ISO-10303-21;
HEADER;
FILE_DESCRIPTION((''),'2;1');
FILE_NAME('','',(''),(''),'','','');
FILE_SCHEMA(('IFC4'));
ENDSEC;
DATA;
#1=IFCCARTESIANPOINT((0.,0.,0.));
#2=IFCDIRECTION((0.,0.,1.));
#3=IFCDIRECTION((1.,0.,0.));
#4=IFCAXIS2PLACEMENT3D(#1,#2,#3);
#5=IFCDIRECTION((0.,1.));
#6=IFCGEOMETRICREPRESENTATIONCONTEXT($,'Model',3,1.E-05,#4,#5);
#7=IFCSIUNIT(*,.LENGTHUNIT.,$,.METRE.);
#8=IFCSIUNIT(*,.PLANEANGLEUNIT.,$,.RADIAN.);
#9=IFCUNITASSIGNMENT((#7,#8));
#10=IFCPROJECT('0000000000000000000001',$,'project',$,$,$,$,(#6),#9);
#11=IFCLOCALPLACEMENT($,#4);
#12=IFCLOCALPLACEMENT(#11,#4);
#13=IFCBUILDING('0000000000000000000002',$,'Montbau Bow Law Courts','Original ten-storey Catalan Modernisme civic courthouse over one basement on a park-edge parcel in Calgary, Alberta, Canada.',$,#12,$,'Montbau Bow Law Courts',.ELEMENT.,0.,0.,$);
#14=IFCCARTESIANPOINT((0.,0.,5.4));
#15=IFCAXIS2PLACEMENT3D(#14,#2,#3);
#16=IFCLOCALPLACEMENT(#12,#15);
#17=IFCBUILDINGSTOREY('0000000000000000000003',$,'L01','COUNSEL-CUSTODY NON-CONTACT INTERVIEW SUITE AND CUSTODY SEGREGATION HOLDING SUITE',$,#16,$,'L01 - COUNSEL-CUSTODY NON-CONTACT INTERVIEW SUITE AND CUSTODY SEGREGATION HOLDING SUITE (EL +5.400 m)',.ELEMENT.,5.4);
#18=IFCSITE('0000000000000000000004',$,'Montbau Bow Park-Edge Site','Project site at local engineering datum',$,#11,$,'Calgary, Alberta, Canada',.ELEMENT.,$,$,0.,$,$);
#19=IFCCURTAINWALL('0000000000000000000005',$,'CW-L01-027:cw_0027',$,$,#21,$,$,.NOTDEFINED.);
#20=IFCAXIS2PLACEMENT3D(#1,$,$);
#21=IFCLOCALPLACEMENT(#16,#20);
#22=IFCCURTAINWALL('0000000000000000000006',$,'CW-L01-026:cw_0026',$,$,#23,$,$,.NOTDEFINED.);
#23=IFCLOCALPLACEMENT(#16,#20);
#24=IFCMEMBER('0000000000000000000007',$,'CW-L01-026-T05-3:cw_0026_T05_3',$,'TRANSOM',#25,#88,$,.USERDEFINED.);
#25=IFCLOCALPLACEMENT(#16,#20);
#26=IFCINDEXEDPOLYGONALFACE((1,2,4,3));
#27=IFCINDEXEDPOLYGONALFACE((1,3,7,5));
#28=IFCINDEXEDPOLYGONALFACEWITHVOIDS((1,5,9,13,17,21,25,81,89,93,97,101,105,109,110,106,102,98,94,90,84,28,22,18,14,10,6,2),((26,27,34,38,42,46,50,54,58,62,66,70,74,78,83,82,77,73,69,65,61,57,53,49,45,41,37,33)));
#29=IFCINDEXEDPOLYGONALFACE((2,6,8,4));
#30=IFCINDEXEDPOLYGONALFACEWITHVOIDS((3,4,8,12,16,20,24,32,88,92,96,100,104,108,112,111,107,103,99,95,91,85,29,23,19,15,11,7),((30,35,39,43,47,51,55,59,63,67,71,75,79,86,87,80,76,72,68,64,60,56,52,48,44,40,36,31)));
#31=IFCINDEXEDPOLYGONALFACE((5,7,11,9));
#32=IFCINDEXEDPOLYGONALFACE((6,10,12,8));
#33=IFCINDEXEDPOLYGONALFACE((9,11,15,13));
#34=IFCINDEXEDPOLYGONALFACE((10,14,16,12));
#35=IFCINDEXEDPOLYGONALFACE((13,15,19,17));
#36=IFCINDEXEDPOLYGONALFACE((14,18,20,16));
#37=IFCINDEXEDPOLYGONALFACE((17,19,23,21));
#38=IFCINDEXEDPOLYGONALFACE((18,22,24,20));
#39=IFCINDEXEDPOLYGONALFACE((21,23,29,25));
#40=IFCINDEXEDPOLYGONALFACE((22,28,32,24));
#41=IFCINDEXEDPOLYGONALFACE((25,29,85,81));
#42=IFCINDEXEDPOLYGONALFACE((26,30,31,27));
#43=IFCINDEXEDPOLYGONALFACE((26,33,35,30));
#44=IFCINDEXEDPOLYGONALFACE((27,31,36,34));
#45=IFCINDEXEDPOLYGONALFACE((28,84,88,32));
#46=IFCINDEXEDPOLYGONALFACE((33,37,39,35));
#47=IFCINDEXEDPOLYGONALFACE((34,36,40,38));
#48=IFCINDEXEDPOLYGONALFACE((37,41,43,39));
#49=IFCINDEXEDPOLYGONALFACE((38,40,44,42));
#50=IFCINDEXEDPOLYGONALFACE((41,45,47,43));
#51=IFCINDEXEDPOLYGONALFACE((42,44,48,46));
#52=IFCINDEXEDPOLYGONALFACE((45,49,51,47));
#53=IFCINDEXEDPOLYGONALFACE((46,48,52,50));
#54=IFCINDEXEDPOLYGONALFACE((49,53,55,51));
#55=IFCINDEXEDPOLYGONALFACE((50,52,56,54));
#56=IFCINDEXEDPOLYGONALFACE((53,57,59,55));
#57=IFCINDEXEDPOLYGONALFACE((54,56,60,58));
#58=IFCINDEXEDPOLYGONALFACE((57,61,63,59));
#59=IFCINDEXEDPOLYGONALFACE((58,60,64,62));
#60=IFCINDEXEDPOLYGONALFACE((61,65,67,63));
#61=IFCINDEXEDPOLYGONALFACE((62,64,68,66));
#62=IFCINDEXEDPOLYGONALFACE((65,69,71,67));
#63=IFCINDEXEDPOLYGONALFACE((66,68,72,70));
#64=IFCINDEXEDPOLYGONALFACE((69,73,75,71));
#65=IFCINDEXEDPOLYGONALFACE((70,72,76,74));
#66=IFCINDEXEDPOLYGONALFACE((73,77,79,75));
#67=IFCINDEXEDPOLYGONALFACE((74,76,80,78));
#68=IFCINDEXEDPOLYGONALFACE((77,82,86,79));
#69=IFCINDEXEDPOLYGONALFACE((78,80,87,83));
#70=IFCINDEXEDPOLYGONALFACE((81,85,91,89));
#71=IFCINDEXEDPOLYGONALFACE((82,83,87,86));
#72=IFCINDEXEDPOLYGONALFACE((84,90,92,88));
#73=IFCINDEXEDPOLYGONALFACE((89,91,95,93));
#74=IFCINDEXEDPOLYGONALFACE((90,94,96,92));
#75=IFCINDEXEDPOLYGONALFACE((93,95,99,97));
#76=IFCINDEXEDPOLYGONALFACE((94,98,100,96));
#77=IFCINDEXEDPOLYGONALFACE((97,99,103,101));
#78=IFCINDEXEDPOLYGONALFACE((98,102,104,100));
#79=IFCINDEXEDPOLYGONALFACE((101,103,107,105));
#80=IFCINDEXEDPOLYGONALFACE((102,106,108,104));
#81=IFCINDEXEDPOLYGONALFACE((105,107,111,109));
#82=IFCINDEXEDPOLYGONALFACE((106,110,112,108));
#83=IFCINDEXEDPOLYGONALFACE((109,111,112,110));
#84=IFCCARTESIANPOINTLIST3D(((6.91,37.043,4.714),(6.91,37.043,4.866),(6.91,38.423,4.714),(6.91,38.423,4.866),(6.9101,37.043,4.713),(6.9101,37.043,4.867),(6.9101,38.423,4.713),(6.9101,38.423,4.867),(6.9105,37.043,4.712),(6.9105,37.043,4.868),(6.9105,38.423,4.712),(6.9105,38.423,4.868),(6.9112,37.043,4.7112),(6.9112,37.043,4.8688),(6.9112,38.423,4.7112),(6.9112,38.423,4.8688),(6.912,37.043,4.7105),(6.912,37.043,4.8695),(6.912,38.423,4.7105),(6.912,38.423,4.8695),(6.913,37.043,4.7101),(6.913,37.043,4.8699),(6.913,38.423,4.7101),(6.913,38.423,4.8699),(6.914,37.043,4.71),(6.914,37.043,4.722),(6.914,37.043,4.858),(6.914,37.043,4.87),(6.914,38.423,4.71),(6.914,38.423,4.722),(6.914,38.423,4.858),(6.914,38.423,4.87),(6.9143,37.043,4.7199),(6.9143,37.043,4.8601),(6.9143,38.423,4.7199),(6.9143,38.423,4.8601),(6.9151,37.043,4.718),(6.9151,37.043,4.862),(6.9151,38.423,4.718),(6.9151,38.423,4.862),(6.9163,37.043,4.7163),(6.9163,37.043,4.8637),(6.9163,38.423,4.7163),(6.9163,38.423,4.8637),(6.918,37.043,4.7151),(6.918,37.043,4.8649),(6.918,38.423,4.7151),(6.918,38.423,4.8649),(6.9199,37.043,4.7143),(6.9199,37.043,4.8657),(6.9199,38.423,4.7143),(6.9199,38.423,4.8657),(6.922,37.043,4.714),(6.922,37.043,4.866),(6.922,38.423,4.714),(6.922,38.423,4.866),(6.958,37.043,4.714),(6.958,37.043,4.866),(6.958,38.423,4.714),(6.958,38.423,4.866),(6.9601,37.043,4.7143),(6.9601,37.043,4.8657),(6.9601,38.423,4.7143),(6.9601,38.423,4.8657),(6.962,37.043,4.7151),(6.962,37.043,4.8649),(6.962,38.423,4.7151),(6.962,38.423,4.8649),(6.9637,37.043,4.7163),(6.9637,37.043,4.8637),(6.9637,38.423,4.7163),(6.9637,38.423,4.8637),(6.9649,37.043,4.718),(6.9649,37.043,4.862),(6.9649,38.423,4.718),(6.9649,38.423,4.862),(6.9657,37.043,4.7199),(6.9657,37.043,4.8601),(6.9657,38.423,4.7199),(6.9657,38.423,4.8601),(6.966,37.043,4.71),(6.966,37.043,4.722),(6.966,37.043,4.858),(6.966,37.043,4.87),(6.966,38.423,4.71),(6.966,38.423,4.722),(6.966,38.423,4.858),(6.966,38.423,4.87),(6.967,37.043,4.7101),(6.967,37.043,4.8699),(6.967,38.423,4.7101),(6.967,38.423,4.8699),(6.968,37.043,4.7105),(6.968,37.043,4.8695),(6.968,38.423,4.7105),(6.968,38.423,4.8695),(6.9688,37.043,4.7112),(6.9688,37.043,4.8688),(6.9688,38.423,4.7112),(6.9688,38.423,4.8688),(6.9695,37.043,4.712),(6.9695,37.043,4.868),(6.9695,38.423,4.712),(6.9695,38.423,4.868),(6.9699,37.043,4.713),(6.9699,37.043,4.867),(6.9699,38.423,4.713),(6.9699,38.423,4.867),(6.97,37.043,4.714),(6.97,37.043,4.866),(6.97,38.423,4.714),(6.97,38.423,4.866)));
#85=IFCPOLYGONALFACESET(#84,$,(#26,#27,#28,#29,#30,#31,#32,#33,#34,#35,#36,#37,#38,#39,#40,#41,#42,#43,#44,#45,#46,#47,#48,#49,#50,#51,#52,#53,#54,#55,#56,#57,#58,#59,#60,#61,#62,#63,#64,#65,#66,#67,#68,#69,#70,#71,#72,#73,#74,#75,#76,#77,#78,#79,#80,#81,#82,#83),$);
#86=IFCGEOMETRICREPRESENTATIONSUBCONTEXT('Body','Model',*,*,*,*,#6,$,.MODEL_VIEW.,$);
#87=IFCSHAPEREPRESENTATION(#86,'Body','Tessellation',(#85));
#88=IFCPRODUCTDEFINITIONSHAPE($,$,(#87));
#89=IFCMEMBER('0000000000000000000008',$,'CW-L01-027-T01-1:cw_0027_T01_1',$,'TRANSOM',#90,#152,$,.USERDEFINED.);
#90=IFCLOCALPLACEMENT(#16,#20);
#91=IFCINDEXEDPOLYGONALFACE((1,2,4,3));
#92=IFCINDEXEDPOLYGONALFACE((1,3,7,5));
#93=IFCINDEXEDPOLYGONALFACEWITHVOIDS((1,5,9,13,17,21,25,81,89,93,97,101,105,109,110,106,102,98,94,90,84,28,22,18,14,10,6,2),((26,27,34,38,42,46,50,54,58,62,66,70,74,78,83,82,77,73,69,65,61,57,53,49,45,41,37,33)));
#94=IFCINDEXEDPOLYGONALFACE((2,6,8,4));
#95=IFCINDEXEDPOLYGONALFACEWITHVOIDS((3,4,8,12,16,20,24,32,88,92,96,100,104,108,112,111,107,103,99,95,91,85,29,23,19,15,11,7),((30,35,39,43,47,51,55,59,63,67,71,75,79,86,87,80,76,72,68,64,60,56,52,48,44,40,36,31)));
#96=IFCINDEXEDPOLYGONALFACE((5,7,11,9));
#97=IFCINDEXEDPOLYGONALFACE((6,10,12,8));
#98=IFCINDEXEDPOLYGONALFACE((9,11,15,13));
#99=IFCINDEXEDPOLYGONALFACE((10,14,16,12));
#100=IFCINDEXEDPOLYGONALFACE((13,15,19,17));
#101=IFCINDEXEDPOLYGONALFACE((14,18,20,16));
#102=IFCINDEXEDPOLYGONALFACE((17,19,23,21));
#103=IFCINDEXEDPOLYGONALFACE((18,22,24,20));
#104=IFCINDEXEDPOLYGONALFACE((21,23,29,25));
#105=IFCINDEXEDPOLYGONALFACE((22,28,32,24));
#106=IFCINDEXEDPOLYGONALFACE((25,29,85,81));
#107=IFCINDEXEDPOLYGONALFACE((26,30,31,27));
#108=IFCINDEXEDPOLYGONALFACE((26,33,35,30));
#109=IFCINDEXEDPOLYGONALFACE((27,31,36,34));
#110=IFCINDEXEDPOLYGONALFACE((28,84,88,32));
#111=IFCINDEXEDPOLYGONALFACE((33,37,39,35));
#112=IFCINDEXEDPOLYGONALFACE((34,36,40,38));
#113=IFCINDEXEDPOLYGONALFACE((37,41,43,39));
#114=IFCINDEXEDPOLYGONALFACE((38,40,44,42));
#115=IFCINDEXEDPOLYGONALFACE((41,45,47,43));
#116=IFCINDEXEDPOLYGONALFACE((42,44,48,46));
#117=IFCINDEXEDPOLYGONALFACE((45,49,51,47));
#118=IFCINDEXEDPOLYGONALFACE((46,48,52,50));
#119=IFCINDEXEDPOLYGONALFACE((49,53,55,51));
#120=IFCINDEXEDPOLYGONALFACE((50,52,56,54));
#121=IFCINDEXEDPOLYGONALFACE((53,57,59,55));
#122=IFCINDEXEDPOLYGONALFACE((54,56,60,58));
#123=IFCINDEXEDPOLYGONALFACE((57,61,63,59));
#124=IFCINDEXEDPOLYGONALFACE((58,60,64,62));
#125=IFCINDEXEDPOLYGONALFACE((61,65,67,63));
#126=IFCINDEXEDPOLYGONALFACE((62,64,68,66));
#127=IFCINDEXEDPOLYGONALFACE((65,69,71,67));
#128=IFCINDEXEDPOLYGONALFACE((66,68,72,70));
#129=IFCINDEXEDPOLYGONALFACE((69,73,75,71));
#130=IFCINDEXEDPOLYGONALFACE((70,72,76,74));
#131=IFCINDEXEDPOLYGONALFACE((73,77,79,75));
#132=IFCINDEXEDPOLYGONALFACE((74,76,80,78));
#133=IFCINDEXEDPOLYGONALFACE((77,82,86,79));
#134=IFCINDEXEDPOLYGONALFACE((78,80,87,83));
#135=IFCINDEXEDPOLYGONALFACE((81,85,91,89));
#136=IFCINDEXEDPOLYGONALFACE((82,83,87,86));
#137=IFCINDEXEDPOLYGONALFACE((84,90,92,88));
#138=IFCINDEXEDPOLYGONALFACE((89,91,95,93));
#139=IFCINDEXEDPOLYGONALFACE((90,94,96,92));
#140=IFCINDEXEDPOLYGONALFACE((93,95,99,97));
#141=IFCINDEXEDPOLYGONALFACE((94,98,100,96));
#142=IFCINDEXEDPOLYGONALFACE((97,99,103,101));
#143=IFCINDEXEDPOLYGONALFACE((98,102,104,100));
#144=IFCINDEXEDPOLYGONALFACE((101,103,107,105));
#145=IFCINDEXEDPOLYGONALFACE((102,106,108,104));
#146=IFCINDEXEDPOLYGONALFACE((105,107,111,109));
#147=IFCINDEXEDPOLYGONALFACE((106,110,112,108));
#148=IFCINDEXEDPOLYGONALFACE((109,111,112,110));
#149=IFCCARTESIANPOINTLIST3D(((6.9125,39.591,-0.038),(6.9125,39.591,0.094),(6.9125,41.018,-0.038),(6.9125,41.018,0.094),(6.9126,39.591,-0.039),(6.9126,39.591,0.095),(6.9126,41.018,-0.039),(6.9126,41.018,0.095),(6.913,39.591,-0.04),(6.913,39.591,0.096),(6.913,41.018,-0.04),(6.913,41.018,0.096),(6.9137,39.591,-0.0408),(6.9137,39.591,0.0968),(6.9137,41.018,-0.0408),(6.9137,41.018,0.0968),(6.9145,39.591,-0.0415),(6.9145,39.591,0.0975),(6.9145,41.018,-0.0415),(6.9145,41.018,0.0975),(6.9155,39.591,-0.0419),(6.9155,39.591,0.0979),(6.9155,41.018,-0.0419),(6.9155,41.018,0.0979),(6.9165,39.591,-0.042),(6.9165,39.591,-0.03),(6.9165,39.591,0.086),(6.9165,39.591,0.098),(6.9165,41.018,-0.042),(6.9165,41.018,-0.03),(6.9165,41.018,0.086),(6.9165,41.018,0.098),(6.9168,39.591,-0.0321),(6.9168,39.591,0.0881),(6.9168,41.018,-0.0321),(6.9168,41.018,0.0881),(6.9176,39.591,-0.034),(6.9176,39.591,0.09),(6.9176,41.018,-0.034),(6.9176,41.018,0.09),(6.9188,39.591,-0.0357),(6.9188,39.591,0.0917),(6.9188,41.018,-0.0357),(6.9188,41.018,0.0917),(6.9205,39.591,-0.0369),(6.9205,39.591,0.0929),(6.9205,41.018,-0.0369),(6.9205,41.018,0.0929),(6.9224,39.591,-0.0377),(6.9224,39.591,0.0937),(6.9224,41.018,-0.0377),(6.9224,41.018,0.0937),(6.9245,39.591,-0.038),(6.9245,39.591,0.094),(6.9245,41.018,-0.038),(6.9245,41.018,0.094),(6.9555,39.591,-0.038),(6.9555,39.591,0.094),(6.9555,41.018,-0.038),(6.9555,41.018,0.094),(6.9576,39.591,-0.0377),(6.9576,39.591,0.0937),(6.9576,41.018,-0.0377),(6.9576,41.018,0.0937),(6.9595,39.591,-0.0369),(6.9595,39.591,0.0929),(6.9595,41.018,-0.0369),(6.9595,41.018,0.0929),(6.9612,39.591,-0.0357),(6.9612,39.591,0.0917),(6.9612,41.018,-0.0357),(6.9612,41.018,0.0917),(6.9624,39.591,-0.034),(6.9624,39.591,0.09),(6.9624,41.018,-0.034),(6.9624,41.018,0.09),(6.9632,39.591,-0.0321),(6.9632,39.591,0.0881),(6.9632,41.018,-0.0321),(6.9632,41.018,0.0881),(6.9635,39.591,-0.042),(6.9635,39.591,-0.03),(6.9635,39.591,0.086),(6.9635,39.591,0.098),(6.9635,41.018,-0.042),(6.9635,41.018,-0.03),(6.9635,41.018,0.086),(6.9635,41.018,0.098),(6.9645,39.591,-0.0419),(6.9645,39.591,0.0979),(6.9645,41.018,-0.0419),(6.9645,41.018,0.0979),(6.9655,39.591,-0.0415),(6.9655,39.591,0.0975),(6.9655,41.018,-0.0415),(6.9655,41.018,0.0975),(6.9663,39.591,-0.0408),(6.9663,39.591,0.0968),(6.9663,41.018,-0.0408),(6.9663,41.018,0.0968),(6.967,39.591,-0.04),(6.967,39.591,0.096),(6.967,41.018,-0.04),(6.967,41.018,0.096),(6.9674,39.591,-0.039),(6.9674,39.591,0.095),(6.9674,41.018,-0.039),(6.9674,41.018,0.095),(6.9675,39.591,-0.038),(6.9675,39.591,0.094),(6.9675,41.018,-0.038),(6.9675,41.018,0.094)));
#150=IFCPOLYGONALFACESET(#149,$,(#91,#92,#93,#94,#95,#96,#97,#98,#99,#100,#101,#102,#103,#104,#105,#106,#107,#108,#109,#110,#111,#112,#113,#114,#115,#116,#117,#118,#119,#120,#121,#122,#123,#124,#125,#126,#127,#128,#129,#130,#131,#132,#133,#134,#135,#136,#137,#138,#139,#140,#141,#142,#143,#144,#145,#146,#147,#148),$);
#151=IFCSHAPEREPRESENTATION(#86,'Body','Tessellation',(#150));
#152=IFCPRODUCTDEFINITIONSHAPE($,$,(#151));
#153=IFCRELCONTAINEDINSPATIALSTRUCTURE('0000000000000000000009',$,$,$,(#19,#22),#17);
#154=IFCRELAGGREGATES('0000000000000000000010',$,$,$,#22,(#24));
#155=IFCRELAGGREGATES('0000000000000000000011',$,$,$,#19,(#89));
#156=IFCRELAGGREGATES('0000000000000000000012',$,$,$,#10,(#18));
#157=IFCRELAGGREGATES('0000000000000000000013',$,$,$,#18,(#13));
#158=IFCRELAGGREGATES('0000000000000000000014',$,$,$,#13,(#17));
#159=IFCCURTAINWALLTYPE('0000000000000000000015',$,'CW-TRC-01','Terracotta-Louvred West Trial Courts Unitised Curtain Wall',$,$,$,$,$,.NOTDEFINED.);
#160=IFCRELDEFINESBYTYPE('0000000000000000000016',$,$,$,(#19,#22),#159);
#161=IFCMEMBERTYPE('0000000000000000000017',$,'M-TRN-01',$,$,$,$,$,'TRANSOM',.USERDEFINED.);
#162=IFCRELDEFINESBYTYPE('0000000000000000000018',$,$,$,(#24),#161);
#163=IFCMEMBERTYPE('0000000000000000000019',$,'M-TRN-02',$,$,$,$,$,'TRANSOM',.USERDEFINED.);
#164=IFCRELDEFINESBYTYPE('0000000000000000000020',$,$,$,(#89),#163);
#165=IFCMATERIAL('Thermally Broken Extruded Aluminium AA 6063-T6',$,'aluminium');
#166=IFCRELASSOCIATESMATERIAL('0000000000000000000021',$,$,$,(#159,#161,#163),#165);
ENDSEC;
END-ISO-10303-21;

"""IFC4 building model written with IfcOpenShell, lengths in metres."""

from ifc_helpers import new_model, si_unit, direction, frame, origin_with_axes, origin_2d_with_axis, place, context, subcontext, project, spatial, hollow_rectangle, extrude, material, material_profile, profile_set, type_object, element, aggregate, save


model = new_model("IFC4")

# Units and contexts
model_context = context("Model", 3, precision=1e-05, world=origin_with_axes(), true_north=direction((0.0, 1.0)))
body_context = subcontext(model_context, "Body", "Model", "MODEL_VIEW")
ifc_project = project(units=[si_unit("LENGTHUNIT", "METRE"), si_unit("PLANEANGLEUNIT", "RADIAN")], contexts=[model_context])

# Site, building, storey
site_placement = place(None, origin_with_axes())
site = spatial("IfcSite", under=ifc_project, at=site_placement, Name="Montbau Bow Park-Edge Site", Description="Project site at local engineering datum", LongName="Calgary, Alberta, Canada", CompositionType="ELEMENT", RefElevation=0.0)
building_placement = place(site_placement, origin_with_axes())
building = spatial("IfcBuilding", under=site, at=building_placement, Name="Montbau Bow Law Courts", Description="Original ten-storey Catalan Modernisme civic courthouse over one basement on a park-edge parcel in Calgary, Alberta, Canada.", LongName="Montbau Bow Law Courts", CompositionType="ELEMENT", ElevationOfRefHeight=0.0, ElevationOfTerrain=0.0)
storey_placement = place(building_placement, frame((0.0, 0.0, 5.4), z_axis=(0.0, 0.0, 1.0), x_axis=(1.0, 0.0, 0.0)))
storey = spatial("IfcBuildingStorey", under=building, at=storey_placement, Name="L01", Description="COUNSEL-CUSTODY NON-CONTACT INTERVIEW SUITE AND CUSTODY SEGREGATION HOLDING SUITE", LongName="L01 - COUNSEL-CUSTODY NON-CONTACT INTERVIEW SUITE AND CUSTODY SEGREGATION HOLDING SUITE (EL +5.400 m)", CompositionType="ELEMENT", Elevation=5.4)

# Curtain walls, member
ifc_material_1 = material(Name="Thermally Broken Extruded Aluminium AA 6063-T6", Category="aluminium")
curtain_wall_type = type_object("IfcCurtainWallType", Name="CW-TRC-01", Description="Terracotta-Louvred West Trial Courts Unitised Curtain Wall", PredefinedType="NOTDEFINED", material=ifc_material_1)
curtain_wall_1_placement = place(None, frame((6.94, 39.515, 5.4), z_axis=(0.0, 0.0, 1.0), x_axis=(1.0, 0.0, 0.0)))
curtain_wall_1 = element("IfcCurtainWall", 1, at=curtain_wall_1_placement, inside=storey, type_object=curtain_wall_type, Name="CW-L01-027:cw_0027", PredefinedType="NOTDEFINED")
curtain_wall_2_placement = place(None, frame((6.94, 31.115, 5.4), z_axis=(0.0, 0.0, 1.0), x_axis=(1.0, 0.0, 0.0)))
curtain_wall_2 = element("IfcCurtainWall", 2, at=curtain_wall_2_placement, inside=storey, type_object=curtain_wall_type, Name="CW-L01-026:cw_0026", PredefinedType="NOTDEFINED")
ifc_material_profile_1 = material_profile(ifc_material_1, hollow_rectangle(XDim=0.06, YDim=0.16, WallThickness=0.004, InnerFilletRadius=0.008, OuterFilletRadius=0.004, at=origin_2d_with_axis()), Name="CWT-160X60", Category="Main", Priority=0)
ifc_profile_set_1 = profile_set([ifc_material_profile_1], Name="Thermally Broken Extruded Aluminium AA 6063-T6")
member_type_1 = type_object("IfcMemberType", Name="M-TRN-01", ElementType="TRANSOM", PredefinedType="USERDEFINED", material=ifc_profile_set_1)
member_1_placement = place(None, frame((6.94, 37.043, 10.19), z_axis=(0.0, 1.0, 0.0), x_axis=(-1.0, 0.0, 0.0)))
member_1 = element("IfcMember", 3, at=member_1_placement, type_object=member_type_1, Name="CW-L01-026-T05-3:cw_0026_T05_3", ObjectType="TRANSOM", PredefinedType="USERDEFINED", context=body_context, shape_type="SweptSolid", body=[
    extrude(hollow_rectangle(XDim=0.06, YDim=0.16, WallThickness=0.004, InnerFilletRadius=0.008, OuterFilletRadius=0.004, at=origin_2d_with_axis()), origin_with_axes(), (0.0, 0.0, 1.0), 1.38),
])
aggregate(curtain_wall_2, [member_1])

# Member
ifc_material_profile_2 = material_profile(ifc_material_1, hollow_rectangle(XDim=0.055, YDim=0.14, WallThickness=0.004, InnerFilletRadius=0.008, OuterFilletRadius=0.004, at=origin_2d_with_axis()), Name="CWT-140X55", Category="Main", Priority=0)
ifc_profile_set_2 = profile_set([ifc_material_profile_2], Name="Thermally Broken Extruded Aluminium AA 6063-T6")
member_type_2 = type_object("IfcMemberType", Name="M-TRN-02", ElementType="TRANSOM", PredefinedType="USERDEFINED", material=ifc_profile_set_2)
member_2_placement = place(None, frame((6.94, 39.591, 5.428), z_axis=(0.0, 1.0, 0.0), x_axis=(-1.0, 0.0, 0.0)))
member_2 = element("IfcMember", 4, at=member_2_placement, type_object=member_type_2, Name="CW-L01-027-T01-1:cw_0027_T01_1", ObjectType="TRANSOM", PredefinedType="USERDEFINED", context=body_context, shape_type="SweptSolid", body=[
    extrude(hollow_rectangle(XDim=0.055, YDim=0.14, WallThickness=0.004, InnerFilletRadius=0.008, OuterFilletRadius=0.004, at=origin_2d_with_axis()), origin_with_axes(), (0.0, 0.0, 1.0), 1.427),
])

aggregate(curtain_wall_1, [member_2])

save(model, "model.ifc")
